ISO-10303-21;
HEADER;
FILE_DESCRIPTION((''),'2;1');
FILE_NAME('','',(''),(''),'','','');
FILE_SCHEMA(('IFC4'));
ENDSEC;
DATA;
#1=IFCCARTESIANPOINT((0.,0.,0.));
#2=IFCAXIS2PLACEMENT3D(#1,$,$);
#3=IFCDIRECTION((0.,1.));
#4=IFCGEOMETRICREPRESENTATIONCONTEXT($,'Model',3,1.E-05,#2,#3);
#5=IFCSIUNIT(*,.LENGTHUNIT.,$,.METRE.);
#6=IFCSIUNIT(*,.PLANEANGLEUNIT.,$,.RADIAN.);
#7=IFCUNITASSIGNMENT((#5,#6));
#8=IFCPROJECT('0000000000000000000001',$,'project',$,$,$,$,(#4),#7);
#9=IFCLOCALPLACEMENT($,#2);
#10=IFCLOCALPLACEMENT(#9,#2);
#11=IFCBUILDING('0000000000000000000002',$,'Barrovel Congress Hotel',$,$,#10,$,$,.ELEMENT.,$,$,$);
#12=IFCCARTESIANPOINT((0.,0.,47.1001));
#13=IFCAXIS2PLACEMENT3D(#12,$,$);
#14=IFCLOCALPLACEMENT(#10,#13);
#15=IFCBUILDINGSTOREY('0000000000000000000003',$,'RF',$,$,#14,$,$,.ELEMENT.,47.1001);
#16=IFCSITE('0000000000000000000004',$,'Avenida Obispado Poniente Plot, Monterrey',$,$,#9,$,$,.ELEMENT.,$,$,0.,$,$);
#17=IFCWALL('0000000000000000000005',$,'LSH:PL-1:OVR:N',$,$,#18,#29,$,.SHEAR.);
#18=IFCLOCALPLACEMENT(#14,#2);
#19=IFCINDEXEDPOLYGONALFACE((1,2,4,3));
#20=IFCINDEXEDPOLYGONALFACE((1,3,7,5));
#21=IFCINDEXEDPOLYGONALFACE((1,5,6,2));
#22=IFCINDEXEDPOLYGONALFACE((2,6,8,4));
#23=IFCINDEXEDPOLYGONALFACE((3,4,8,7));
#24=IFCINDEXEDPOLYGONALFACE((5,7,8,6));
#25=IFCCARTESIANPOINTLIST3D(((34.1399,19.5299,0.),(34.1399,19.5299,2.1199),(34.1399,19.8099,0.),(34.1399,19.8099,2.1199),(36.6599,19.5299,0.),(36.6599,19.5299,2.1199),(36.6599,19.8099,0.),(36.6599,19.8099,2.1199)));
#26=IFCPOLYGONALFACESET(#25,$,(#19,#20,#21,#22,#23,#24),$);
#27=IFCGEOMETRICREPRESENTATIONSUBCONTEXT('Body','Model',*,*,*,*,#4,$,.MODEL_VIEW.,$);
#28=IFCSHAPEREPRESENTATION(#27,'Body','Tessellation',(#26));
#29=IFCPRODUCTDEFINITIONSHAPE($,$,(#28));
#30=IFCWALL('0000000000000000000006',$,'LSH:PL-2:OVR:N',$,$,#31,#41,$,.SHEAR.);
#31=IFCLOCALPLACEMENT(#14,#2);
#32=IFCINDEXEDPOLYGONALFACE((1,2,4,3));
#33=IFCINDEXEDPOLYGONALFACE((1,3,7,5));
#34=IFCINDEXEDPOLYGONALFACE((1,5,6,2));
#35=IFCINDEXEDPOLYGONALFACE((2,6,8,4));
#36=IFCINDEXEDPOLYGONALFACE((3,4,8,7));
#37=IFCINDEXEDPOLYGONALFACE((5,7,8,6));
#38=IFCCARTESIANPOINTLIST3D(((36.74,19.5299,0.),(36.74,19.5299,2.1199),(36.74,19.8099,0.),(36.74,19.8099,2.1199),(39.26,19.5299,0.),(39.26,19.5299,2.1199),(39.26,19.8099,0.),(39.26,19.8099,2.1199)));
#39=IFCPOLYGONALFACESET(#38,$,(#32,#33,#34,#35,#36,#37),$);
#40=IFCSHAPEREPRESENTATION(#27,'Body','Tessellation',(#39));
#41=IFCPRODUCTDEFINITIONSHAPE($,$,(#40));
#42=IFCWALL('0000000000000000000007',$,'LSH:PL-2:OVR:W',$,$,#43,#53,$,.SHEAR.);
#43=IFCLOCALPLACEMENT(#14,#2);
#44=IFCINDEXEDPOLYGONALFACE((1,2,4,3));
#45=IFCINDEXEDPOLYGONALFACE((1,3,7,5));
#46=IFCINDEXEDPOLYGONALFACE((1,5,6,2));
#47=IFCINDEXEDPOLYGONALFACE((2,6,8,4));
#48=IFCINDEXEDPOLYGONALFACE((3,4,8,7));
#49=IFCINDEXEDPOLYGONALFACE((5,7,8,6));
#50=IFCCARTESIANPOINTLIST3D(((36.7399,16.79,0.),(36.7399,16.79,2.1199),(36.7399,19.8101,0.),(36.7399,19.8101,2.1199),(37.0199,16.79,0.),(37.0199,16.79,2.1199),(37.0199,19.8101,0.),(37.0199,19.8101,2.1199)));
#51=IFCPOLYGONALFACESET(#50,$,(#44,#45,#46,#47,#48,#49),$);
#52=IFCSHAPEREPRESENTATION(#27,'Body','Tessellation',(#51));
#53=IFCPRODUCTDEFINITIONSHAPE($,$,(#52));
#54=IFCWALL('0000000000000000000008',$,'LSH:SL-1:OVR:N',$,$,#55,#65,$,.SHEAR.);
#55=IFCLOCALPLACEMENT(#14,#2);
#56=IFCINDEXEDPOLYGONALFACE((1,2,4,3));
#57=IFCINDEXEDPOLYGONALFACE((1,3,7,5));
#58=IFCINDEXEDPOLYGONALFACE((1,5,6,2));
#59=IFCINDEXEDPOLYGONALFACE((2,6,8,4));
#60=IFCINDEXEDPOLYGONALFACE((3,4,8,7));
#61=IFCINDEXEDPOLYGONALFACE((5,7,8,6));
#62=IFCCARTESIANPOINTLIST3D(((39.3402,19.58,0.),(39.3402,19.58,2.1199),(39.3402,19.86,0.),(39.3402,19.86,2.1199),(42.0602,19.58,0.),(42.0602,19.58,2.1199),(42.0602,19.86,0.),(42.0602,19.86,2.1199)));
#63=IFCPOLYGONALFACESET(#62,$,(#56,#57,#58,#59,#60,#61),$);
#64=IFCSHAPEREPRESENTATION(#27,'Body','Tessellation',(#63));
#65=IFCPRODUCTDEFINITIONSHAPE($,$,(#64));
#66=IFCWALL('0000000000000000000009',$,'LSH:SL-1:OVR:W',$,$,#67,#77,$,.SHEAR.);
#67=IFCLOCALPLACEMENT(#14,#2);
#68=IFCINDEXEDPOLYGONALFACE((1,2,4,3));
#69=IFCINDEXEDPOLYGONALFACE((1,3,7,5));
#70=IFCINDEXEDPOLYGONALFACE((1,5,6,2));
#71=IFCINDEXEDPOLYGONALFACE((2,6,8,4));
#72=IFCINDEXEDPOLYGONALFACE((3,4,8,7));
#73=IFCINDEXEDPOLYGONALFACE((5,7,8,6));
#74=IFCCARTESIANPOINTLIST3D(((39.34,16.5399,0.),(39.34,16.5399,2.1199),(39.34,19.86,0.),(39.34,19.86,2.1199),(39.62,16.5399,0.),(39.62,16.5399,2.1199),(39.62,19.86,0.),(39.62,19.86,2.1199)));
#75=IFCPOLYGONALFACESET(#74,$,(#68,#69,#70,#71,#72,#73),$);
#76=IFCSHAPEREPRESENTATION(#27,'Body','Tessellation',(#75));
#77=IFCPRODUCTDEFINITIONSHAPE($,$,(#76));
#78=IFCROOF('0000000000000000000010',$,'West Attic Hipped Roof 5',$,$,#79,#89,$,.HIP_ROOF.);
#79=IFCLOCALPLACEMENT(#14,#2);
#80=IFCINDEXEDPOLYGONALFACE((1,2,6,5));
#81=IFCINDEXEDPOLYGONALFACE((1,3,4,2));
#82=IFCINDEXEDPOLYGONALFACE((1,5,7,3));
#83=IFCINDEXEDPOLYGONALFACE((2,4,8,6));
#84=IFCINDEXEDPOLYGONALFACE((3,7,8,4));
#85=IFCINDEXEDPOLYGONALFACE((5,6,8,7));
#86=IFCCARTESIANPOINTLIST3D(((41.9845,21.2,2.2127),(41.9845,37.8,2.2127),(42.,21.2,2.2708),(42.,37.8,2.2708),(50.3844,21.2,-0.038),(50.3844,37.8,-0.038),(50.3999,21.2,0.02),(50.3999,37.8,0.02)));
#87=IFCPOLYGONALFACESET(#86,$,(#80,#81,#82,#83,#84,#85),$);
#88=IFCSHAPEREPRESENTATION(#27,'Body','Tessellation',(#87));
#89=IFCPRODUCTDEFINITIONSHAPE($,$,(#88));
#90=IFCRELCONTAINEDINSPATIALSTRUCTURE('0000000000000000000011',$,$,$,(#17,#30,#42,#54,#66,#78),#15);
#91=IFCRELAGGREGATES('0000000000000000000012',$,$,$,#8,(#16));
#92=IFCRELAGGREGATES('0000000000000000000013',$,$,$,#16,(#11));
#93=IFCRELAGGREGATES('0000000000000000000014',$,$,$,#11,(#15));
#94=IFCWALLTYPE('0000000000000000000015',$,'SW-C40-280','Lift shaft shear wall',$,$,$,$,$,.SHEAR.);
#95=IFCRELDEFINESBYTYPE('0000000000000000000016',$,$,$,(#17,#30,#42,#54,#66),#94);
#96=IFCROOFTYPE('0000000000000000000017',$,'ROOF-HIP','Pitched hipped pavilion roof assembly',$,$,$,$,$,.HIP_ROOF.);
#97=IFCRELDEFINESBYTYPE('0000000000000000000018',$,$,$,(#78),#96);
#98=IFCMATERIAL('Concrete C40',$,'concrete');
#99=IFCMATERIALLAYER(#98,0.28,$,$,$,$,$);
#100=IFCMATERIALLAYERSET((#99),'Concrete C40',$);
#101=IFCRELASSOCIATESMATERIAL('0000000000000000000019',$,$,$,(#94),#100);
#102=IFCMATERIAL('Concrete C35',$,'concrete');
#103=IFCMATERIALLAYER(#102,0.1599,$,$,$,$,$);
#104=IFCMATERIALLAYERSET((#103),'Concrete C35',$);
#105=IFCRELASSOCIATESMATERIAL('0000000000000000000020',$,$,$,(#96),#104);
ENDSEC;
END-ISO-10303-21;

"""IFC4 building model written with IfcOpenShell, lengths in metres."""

from ifc_helpers import new_model, si_unit, direction, frame, frame_2d, origin, place, context, subcontext, project, spatial, polyline, rectangle, outline, extrude, material, layer, layer_set, type_object, element, save


model = new_model("IFC4")

# Units and contexts
model_context = context("Model", 3, precision=1e-05, world=origin(), true_north=direction((0.0, 1.0)))
body_context = subcontext(model_context, "Body", "Model", "MODEL_VIEW")
ifc_project = project(units=[si_unit("LENGTHUNIT", "METRE"), si_unit("PLANEANGLEUNIT", "RADIAN")], contexts=[model_context])

# Site, building, storey
site_placement = place(None, origin())
site = spatial("IfcSite", under=ifc_project, at=site_placement, Name="Avenida Obispado Poniente Plot, Monterrey", CompositionType="ELEMENT", RefElevation=0.0)
building_placement = place(site_placement, origin())
building = spatial("IfcBuilding", under=site, at=building_placement, Name="Barrovel Congress Hotel", CompositionType="ELEMENT")
storey_placement = place(building_placement, frame((0.0, 0.0, 47.1001)))
storey = spatial("IfcBuildingStorey", under=building, at=storey_placement, Name="RF", CompositionType="ELEMENT", Elevation=47.1001)

# Shared definitions
ifc_material_1 = material(Name="Concrete C40", Category="concrete")

# Shared definitions
ifc_material_2 = material(Name="Concrete C35", Category="concrete")

# Walls
ifc_layer_1 = layer(ifc_material_1, 0.28)
ifc_layer_set_1 = layer_set([ifc_layer_1], Name="Concrete C40")
wall_type = type_object("IfcWallType", Name="SW-C40-280", Description="Lift shaft shear wall", PredefinedType="SHEAR", material=ifc_layer_set_1)
for number, where, z_axis, x_axis, name in (
    (1, (36.6599, 19.6699, 0.0), (0.0, 0.0, 1.0), (-1.0, 0.0, 0.0), "LSH:PL-1:OVR:N"),
    (2, (39.26, 19.6699, 0.0), (0.0, 0.0, 1.0), (-1.0, 0.0, 0.0), "LSH:PL-2:OVR:N"),
):
    element("IfcWall", number, at=place(storey_placement, frame(where, z_axis=z_axis, x_axis=x_axis)), inside=storey, type_object=wall_type, Name=name, PredefinedType="SHEAR", context=body_context, shape_type="SweptSolid", body=[
        extrude(rectangle(XDim=2.52, YDim=0.28, at=frame_2d((1.26, 0.0))), origin(), (0.0, 0.0, 1.0), 2.1199),
    ])
wall_1_placement = place(storey_placement, frame((36.8799, 19.8101, 0.0), z_axis=(0.0, 0.0, 1.0), x_axis=(0.0, -1.0, 0.0)))
element("IfcWall", 3, at=wall_1_placement, inside=storey, type_object=wall_type, Name="LSH:PL-2:OVR:W", PredefinedType="SHEAR", context=body_context, shape_type="SweptSolid", body=[
    extrude(rectangle(XDim=3.02, YDim=0.28, at=frame_2d((1.51, 0.0))), origin(), (0.0, 0.0, 1.0), 2.1199),
])
wall_2_placement = place(storey_placement, frame((42.0601, 19.72, 0.0), z_axis=(0.0, 0.0, 1.0), x_axis=(-1.0, 0.0, 0.0)))
element("IfcWall", 4, at=wall_2_placement, inside=storey, type_object=wall_type, Name="LSH:SL-1:OVR:N", PredefinedType="SHEAR", context=body_context, shape_type="SweptSolid", body=[
    extrude(rectangle(XDim=2.72, YDim=0.28, at=frame_2d((1.3599, 0.0))), origin(), (0.0, 0.0, 1.0), 2.1199),
])
wall_3_placement = place(storey_placement, frame((39.48, 19.8601, 0.0), z_axis=(0.0, 0.0, 1.0), x_axis=(0.0, -1.0, 0.0)))
element("IfcWall", 5, at=wall_3_placement, inside=storey, type_object=wall_type, Name="LSH:SL-1:OVR:W", PredefinedType="SHEAR", context=body_context, shape_type="SweptSolid", body=[
    extrude(rectangle(XDim=3.3201, YDim=0.28, at=frame_2d((1.6602, 0.0))), origin(), (0.0, 0.0, 1.0), 2.1199),
])

# Roof
ifc_layer_2 = layer(ifc_material_2, 0.1599)
ifc_layer_set_2 = layer_set([ifc_layer_2], Name="Concrete C35")
roof_type = type_object("IfcRoofType", Name="ROOF-HIP", Description="Pitched hipped pavilion roof assembly", PredefinedType="HIP_ROOF", material=ifc_layer_set_2)
roof_placement = place(storey_placement, frame((42.0, 21.2, 2.2708), z_axis=(0.258817, 0.0, 0.965926), x_axis=(0.965926, 0.0, -0.258817)))
element("IfcRoof", 6, at=roof_placement, inside=storey, type_object=roof_type, Name="West Attic Hipped Roof 5", PredefinedType="HIP_ROOF", context=body_context, shape_type="SweptSolid", body=[
    extrude(outline(polyline([(0.0, 0.0), (8.6962, 0.0), (8.6962, 16.6001), (0.0, 16.6001), (0.0, 0.0)])), origin(), (0.0, 0.0, -1.0), 0.0601),
])

save(model, "model.ifc")
